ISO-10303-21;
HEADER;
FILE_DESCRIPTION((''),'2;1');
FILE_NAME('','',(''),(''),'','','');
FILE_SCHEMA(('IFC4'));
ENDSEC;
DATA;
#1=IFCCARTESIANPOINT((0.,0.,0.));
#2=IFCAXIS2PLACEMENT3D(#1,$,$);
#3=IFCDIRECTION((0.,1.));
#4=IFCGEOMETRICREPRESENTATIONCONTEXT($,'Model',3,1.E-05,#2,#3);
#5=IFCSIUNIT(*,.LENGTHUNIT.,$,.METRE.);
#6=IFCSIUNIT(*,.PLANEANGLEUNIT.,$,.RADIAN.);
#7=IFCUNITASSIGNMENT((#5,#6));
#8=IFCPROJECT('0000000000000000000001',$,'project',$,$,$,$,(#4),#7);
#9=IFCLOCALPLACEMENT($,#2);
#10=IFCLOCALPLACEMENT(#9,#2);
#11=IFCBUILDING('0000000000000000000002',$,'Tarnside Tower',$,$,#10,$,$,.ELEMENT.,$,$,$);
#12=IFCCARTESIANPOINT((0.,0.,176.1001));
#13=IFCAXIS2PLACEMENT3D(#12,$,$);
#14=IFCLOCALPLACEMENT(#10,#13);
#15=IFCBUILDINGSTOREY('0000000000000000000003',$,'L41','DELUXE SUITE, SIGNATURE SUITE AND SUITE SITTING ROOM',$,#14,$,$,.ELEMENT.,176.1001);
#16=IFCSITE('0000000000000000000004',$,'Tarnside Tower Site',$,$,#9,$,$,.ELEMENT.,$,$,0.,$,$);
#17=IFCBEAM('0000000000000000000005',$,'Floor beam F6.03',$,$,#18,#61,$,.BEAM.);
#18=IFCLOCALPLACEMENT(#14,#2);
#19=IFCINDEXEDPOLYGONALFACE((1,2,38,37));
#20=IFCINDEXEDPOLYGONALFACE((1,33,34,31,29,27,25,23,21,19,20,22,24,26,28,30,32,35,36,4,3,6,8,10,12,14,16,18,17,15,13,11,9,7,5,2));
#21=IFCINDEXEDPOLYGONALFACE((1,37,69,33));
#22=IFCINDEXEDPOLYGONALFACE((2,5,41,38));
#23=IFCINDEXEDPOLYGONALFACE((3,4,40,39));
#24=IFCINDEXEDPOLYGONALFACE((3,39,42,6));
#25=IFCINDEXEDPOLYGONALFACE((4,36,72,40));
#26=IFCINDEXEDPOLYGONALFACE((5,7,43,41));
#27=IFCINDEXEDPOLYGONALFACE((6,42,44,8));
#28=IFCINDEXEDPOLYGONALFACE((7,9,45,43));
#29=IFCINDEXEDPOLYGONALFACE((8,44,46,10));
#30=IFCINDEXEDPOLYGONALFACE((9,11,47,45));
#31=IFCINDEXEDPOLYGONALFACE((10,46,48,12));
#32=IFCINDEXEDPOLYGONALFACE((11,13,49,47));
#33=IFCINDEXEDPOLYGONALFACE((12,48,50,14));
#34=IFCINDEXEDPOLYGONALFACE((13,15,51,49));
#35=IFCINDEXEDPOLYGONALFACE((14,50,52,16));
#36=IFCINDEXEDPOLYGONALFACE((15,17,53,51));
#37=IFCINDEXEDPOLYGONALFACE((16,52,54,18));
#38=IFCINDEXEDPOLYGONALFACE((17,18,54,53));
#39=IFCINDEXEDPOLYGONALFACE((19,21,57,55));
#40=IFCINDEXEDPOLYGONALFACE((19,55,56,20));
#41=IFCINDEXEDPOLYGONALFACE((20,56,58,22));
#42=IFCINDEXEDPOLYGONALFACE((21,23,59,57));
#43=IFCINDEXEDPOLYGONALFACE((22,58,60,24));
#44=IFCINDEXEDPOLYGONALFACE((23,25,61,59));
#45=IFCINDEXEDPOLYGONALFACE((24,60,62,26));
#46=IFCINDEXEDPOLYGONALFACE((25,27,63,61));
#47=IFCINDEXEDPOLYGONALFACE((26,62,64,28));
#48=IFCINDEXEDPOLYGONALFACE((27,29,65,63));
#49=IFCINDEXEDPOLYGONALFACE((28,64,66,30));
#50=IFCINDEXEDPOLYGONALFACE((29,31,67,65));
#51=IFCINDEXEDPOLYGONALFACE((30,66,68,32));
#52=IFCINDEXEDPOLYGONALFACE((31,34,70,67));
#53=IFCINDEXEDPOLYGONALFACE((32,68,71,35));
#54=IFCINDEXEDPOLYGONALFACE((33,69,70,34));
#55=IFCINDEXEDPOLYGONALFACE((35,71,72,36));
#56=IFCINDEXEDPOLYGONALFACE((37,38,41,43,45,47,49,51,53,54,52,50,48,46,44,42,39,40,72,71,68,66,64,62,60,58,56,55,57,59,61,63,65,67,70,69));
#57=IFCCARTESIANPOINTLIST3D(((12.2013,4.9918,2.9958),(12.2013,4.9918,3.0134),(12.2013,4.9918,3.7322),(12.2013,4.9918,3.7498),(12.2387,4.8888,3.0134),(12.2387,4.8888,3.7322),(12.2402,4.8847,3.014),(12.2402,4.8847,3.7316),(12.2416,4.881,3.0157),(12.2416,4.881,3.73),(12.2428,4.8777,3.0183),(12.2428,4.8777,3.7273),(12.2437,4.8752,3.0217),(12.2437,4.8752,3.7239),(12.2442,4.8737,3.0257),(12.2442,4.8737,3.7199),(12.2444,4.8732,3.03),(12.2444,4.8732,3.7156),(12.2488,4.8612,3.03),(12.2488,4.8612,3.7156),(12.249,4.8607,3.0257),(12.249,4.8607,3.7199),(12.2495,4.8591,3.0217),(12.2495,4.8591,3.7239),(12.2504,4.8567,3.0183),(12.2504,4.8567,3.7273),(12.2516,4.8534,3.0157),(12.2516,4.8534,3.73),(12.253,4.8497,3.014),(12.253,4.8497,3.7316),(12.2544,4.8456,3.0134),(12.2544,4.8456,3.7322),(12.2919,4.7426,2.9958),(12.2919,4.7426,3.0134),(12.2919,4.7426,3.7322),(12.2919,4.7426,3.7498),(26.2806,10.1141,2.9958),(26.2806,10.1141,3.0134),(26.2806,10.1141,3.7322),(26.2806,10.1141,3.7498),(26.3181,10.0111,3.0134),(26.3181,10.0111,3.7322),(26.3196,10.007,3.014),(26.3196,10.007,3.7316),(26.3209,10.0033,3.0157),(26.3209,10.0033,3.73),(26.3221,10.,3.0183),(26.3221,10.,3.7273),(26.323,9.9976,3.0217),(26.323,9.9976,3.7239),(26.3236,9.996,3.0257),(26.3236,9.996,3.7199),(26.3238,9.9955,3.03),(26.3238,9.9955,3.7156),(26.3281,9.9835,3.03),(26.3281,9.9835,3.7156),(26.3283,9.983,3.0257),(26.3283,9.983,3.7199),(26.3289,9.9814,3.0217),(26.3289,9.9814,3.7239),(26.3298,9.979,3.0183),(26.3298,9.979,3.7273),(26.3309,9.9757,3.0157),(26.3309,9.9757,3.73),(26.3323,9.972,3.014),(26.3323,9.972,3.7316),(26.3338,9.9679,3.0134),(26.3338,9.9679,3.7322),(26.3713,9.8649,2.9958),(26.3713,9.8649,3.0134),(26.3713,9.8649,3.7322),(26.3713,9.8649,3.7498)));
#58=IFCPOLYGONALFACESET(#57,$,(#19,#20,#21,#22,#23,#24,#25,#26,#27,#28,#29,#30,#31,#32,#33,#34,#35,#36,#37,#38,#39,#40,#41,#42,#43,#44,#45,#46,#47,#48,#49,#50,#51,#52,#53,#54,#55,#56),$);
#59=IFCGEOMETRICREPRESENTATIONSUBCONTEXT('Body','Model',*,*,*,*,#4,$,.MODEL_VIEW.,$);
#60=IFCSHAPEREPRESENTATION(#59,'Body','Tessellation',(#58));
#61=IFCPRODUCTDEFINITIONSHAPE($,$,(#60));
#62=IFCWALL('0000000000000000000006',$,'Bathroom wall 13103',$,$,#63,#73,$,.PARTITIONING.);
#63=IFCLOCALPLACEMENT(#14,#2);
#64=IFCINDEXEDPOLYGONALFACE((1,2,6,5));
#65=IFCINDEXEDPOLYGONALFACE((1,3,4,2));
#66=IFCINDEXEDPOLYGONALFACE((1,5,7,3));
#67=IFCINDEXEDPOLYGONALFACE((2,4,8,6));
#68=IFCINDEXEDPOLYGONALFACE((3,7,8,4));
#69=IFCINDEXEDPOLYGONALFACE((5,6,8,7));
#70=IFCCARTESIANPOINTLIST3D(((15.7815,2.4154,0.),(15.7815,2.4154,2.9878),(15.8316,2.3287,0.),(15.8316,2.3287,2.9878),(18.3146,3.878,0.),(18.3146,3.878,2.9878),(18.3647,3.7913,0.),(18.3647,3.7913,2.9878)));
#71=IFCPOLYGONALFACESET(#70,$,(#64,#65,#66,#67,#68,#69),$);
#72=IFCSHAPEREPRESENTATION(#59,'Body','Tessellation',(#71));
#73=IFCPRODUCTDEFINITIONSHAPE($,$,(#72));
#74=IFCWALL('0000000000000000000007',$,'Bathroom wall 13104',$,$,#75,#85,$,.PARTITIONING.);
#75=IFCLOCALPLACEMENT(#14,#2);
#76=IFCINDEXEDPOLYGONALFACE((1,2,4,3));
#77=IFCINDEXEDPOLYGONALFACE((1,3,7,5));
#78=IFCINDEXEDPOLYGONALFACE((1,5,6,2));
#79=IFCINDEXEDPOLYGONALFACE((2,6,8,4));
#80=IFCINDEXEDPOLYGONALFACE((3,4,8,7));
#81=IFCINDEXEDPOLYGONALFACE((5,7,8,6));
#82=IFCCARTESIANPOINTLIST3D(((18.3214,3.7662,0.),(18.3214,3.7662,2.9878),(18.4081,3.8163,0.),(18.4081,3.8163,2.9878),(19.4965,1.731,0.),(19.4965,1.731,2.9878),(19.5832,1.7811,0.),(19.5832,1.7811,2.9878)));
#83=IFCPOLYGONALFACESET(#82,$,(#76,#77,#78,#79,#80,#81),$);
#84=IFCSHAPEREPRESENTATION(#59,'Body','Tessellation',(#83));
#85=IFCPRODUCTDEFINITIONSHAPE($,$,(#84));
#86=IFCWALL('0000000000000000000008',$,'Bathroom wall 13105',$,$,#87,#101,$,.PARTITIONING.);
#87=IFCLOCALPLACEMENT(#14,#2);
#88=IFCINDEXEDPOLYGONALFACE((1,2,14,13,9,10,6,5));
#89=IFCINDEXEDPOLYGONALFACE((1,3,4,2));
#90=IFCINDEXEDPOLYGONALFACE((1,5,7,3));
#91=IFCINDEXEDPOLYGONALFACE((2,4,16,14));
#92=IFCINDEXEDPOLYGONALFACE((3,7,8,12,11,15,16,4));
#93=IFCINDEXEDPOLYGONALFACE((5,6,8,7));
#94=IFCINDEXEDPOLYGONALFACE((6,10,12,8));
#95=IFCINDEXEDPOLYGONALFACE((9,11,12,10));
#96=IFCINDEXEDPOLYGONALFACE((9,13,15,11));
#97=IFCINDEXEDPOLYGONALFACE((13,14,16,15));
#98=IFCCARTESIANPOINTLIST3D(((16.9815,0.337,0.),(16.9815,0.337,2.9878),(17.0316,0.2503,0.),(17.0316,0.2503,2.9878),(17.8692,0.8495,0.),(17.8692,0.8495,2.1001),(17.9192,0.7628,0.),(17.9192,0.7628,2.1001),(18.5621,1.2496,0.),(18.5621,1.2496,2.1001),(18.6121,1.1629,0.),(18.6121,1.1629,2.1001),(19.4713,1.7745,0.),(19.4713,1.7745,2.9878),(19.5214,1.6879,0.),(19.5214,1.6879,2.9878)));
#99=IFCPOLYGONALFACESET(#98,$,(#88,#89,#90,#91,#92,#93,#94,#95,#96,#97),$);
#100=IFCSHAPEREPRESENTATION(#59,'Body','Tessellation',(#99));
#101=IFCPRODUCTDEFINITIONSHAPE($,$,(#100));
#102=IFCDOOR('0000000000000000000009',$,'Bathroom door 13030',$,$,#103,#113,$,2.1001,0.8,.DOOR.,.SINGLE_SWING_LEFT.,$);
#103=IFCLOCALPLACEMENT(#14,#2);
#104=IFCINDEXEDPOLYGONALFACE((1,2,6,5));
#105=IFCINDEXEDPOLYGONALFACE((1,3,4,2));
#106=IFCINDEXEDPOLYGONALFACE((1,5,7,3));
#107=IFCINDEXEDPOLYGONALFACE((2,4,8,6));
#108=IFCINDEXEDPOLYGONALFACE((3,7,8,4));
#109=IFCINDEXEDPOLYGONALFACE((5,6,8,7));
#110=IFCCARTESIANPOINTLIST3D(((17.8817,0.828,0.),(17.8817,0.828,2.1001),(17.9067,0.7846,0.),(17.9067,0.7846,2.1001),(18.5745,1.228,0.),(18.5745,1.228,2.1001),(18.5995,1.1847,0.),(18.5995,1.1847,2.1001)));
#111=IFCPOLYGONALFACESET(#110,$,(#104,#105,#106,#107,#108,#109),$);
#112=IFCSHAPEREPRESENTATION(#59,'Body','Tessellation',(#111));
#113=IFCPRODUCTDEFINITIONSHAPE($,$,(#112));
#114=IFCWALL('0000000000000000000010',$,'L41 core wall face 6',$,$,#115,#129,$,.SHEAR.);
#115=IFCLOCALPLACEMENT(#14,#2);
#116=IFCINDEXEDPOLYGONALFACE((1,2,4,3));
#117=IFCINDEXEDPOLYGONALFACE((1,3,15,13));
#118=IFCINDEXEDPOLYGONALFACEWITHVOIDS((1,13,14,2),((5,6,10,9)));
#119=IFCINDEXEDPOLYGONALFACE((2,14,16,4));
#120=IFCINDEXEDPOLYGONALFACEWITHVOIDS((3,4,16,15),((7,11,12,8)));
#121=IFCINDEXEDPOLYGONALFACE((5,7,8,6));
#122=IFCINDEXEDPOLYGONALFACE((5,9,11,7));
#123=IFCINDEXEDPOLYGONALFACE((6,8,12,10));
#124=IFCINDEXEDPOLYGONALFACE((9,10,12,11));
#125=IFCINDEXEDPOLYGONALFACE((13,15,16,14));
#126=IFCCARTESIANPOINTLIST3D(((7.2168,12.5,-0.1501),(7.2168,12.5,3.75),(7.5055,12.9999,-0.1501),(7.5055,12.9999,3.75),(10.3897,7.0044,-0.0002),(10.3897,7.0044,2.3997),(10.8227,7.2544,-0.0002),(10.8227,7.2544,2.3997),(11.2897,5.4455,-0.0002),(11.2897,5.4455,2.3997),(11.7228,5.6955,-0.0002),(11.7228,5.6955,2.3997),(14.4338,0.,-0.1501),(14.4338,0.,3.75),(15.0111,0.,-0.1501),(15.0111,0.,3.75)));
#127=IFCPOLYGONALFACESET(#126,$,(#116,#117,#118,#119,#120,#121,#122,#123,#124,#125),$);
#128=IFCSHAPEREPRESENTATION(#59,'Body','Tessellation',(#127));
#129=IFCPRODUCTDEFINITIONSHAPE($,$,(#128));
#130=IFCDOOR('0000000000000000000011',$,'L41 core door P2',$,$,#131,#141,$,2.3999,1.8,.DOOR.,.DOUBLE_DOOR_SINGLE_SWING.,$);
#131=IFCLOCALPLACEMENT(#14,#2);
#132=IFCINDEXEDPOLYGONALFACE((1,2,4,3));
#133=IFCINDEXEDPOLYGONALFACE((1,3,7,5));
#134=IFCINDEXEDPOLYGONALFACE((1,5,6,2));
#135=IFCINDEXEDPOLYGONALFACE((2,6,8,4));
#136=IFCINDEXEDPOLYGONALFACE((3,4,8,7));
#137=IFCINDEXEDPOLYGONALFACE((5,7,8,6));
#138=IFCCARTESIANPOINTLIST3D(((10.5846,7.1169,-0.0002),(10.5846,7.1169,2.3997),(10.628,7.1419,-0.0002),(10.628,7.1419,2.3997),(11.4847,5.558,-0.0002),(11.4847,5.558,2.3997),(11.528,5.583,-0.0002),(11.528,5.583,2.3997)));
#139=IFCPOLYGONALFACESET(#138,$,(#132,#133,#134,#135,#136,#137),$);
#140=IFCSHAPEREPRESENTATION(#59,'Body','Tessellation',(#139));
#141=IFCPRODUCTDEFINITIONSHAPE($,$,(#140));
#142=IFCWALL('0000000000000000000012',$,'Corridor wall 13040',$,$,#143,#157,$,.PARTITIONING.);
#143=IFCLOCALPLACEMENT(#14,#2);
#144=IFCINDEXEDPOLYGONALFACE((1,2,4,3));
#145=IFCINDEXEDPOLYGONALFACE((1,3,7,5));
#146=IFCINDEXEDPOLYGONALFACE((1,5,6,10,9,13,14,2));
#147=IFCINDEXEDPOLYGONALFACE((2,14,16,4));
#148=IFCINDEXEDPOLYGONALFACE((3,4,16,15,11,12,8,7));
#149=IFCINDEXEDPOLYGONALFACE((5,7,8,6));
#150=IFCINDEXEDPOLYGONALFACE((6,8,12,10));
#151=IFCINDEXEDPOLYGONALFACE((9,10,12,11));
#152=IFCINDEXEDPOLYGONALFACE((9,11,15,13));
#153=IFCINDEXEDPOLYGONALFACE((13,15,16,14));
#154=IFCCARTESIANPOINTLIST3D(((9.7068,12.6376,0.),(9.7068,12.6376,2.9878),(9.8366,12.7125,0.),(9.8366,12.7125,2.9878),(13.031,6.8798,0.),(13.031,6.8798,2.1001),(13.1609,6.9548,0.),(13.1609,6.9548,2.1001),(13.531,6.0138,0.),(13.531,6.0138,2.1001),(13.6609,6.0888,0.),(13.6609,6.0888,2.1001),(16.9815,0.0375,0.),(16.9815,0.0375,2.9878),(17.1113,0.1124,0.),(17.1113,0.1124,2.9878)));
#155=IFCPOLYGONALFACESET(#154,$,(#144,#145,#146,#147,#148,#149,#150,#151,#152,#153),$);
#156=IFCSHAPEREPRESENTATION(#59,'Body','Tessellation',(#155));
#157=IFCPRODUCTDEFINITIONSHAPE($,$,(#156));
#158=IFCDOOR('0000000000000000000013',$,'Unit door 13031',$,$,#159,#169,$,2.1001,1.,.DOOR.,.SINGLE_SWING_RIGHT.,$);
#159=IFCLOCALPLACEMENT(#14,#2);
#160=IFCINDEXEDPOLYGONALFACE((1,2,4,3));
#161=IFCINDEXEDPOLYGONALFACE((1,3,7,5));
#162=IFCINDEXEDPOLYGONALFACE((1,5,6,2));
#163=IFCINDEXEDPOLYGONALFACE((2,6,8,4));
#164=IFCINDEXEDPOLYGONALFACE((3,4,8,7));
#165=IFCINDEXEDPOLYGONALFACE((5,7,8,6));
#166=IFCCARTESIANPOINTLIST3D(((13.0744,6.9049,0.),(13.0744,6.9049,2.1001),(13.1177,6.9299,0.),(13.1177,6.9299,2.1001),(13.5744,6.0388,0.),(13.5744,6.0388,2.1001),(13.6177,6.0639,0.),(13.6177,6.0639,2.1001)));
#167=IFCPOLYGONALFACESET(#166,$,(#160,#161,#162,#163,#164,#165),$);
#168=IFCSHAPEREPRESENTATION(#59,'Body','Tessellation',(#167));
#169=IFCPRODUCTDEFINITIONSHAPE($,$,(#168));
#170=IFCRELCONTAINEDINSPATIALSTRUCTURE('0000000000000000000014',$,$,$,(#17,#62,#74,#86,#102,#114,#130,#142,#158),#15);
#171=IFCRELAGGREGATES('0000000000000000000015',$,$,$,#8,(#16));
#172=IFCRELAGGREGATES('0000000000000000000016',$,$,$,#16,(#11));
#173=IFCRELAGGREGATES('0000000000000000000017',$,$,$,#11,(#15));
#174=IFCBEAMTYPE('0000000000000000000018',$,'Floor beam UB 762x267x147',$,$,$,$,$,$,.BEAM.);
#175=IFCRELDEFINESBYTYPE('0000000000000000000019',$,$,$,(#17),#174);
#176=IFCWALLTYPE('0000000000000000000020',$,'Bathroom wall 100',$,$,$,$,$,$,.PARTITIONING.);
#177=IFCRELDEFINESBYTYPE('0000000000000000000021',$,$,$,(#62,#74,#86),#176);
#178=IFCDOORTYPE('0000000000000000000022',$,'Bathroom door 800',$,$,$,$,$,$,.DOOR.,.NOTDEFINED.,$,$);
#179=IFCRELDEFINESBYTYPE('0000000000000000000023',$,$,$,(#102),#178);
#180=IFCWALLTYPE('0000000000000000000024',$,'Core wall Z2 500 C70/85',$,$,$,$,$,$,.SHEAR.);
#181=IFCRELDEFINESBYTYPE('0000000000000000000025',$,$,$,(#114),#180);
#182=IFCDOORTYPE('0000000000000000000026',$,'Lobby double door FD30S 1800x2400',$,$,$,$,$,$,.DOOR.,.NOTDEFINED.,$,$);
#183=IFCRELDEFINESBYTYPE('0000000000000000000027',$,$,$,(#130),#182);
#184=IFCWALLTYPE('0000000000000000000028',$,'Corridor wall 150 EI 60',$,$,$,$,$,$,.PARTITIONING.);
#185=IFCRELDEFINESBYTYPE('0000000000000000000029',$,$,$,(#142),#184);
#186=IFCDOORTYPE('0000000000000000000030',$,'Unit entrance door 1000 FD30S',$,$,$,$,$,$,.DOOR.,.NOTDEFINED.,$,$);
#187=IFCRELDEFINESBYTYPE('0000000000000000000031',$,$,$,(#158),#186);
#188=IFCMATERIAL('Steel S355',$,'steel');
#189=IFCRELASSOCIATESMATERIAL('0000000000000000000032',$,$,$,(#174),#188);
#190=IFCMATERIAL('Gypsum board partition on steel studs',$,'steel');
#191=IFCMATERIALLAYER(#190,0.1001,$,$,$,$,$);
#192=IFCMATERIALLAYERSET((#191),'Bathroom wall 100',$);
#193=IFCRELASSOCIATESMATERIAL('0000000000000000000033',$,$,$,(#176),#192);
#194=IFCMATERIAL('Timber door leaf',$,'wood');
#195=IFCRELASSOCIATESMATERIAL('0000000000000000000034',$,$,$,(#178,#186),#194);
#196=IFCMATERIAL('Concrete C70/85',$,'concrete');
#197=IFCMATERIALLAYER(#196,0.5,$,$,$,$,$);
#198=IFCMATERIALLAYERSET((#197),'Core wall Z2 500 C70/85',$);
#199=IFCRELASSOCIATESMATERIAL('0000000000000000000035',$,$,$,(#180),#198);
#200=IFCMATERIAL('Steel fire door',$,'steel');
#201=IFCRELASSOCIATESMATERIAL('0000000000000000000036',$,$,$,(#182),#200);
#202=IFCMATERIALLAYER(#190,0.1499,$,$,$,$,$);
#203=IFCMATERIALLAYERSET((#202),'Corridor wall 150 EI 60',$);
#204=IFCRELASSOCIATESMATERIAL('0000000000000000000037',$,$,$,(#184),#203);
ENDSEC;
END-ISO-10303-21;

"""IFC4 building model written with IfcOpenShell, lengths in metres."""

from ifc_helpers import new_model, si_unit, direction, frame, frame_2d, origin, origin_2d, place, context, subcontext, project, spatial, polyline, rectangle, i_section, outline, extrude, material, layer, layer_set, material_profile, profile_set, type_object, element, fill, save


model = new_model("IFC4")

# Units and contexts
model_context = context("Model", 3, precision=1e-05, world=origin(), true_north=direction((0.0, 1.0)))
body_context = subcontext(model_context, "Body", "Model", "MODEL_VIEW")
ifc_project = project(units=[si_unit("LENGTHUNIT", "METRE"), si_unit("PLANEANGLEUNIT", "RADIAN")], contexts=[model_context])

# Site, building, storey
site_placement = place(None, origin())
site = spatial("IfcSite", under=ifc_project, at=site_placement, Name="Tarnside Tower Site", CompositionType="ELEMENT", RefElevation=0.0)
building_placement = place(site_placement, origin())
building = spatial("IfcBuilding", under=site, at=building_placement, Name="Tarnside Tower", CompositionType="ELEMENT")
storey_placement = place(building_placement, frame((0.0, 0.0, 176.1001)))
storey = spatial("IfcBuildingStorey", under=building, at=storey_placement, Name="L41", Description="DELUXE SUITE, SIGNATURE SUITE AND SUITE SITTING ROOM", CompositionType="ELEMENT", Elevation=176.1001)

# Beam
ifc_material_1 = material(Name="Steel S355", Category="steel")
ifc_material_profile = material_profile(ifc_material_1, i_section(OverallWidth=0.2651, OverallDepth=0.7539, WebThickness=0.0127, FlangeThickness=0.0176, FilletRadius=0.0166, at=origin_2d()), Name="UB 762x267x147")
ifc_profile_set = profile_set([ifc_material_profile], Name="Steel S355")
beam_type = type_object("IfcBeamType", Name="Floor beam UB 762x267x147", PredefinedType="BEAM", material=ifc_profile_set)
beam_placement = place(storey_placement, frame((26.3259, 9.9895, 3.3728), z_axis=(-0.939739, -0.341894, 0.0), x_axis=(0.341894, -0.939739, 0.0)))
element("IfcBeam", 1, at=beam_placement, inside=storey, type_object=beam_type, Name="Floor beam F6.03", PredefinedType="BEAM", context=body_context, shape_type="SweptSolid", body=[
    extrude(i_section(OverallWidth=0.2651, OverallDepth=0.7539, WebThickness=0.0127, FlangeThickness=0.0176, FilletRadius=0.0166, at=origin_2d()), origin(), (0.0, 0.0, 1.0), 14.9822),
])

# Walls
ifc_material_2 = material(Name="Gypsum board partition on steel studs", Category="steel")
ifc_layer_1 = layer(ifc_material_2, 0.1001)
ifc_layer_set_1 = layer_set([ifc_layer_1], Name="Bathroom wall 100")
wall_type_1 = type_object("IfcWallType", Name="Bathroom wall 100", PredefinedType="PARTITIONING", material=ifc_layer_set_1)
wall_1_placement = place(storey_placement, frame((15.8066, 2.3721, 0.0), z_axis=(0.0, 0.0, 1.0), x_axis=(0.86601, 0.500026, 0.0)))
element("IfcWall", 2, at=wall_1_placement, inside=storey, type_object=wall_type_1, Name="Bathroom wall 13103", PredefinedType="PARTITIONING", context=body_context, shape_type="SweptSolid", body=[
    extrude(rectangle(XDim=2.925, YDim=0.1001, at=frame_2d((1.4624, 0.0))), origin(), (0.0, 0.0, 1.0), 2.9878),
])
wall_2_placement = place(storey_placement, frame((18.3647, 3.7913, 0.0), z_axis=(0.0, 0.0, 1.0), x_axis=(0.500016, -0.866016, 0.0)))
element("IfcWall", 3, at=wall_2_placement, inside=storey, type_object=wall_type_1, Name="Bathroom wall 13104", PredefinedType="PARTITIONING", context=body_context, shape_type="SweptSolid", body=[
    extrude(rectangle(XDim=2.3501, YDim=0.1001, at=frame_2d((1.175, 0.0))), origin(), (0.0, 0.0, 1.0), 2.9878),
])

# Walls, openings, doors
wall_3_placement = place(storey_placement, frame((19.4963, 1.7312, 0.0), z_axis=(0.0, 0.0, 1.0), x_axis=(-0.866019, -0.500012, 0.0)))
wall_3 = element("IfcWall", 4, at=wall_3_placement, inside=storey, type_object=wall_type_1, Name="Bathroom wall 13105", PredefinedType="PARTITIONING", context=body_context, shape_type="SweptSolid", body=[
    extrude(rectangle(XDim=2.875, YDim=0.1001, at=frame_2d((1.4375, 0.0))), origin(), (0.0, 0.0, 1.0), 2.9878),
])
opening_1_placement = place(wall_3_placement, frame((1.05, 0.0, 0.0)))
opening_1 = element("IfcOpeningElement", 5, at=opening_1_placement, cuts=wall_3, PredefinedType="OPENING", context=body_context, shape_type="SweptSolid", body=[
    extrude(rectangle(XDim=0.8, YDim=2.1001, at=frame_2d((0.3999, 1.05))), frame((0.0, 0.0601, 0.0), z_axis=(0.0, -1.0, 0.0), x_axis=(1.0, 0.0, 0.0)), (0.0, 0.0, 1.0), 0.1201),
])
ifc_material_3 = material(Name="Timber door leaf", Category="wood")
door_type_1 = type_object("IfcDoorType", Name="Bathroom door 800", OperationType="NOTDEFINED", PredefinedType="DOOR", material=ifc_material_3)
door_1_placement = place(opening_1_placement, origin())
door_1 = element("IfcDoor", 6, at=door_1_placement, inside=storey, type_object=door_type_1, Name="Bathroom door 13030", OperationType="SINGLE_SWING_LEFT", OverallHeight=2.1001, OverallWidth=0.8, PredefinedType="DOOR", context=body_context, shape_type="SweptSolid", body=[
    extrude(rectangle(XDim=0.8, YDim=2.1001, at=frame_2d((0.3999, 1.05))), frame((0.0, 0.0249, 0.0), z_axis=(0.0, -1.0, 0.0), x_axis=(1.0, 0.0, 0.0)), (0.0, 0.0, 1.0), 0.05),
])
fill(opening_1, door_1)
ifc_material_4 = material(Name="Concrete C70/85", Category="concrete")
ifc_layer_2 = layer(ifc_material_4, 0.5)
ifc_layer_set_2 = layer_set([ifc_layer_2], Name="Core wall Z2 500 C70/85")
wall_type_2 = type_object("IfcWallType", Name="Core wall Z2 500 C70/85", PredefinedType="SHEAR", material=ifc_layer_set_2)
wall_4_placement = place(storey_placement, frame((14.7224, 0.0, -0.1501), z_axis=(0.0, 0.0, 1.0), x_axis=(-0.500006, 0.866022, 0.0)))
wall_4 = element("IfcWall", 7, at=wall_4_placement, inside=storey, type_object=wall_type_2, Name="L41 core wall face 6", PredefinedType="SHEAR", context=body_context, shape_type="SweptSolid", body=[
    extrude(outline(polyline([(-0.1443, -0.25), (14.8667, -0.25), (14.5781, 0.25), (0.1443, 0.25), (-0.1443, -0.25)])), origin(), (0.0, 0.0, 1.0), 3.9001),
])
opening_2_placement = place(wall_4_placement, frame((6.4324, 0.0, 0.1499)))
opening_2 = element("IfcOpeningElement", 8, at=opening_2_placement, cuts=wall_4, PredefinedType="OPENING", context=body_context, shape_type="SweptSolid", body=[
    extrude(rectangle(XDim=1.8, YDim=2.3999, at=frame_2d((0.8999, 1.2))), frame((0.0, 0.26, 0.0), z_axis=(0.0, -1.0, 0.0), x_axis=(1.0, 0.0, 0.0)), (0.0, 0.0, 1.0), 0.52),
])
ifc_material_5 = material(Name="Steel fire door", Category="steel")
door_type_2 = type_object("IfcDoorType", Name="Lobby double door FD30S 1800x2400", OperationType="NOTDEFINED", PredefinedType="DOOR", material=ifc_material_5)
door_2_placement = place(opening_2_placement, origin())
door_2 = element("IfcDoor", 9, at=door_2_placement, inside=storey, type_object=door_type_2, Name="L41 core door P2", OperationType="DOUBLE_DOOR_SINGLE_SWING", OverallHeight=2.3999, OverallWidth=1.8, PredefinedType="DOOR", context=body_context, shape_type="SweptSolid", body=[
    extrude(rectangle(XDim=1.8, YDim=2.3999, at=frame_2d((0.8999, 1.2))), frame((0.0, 0.0249, 0.0), z_axis=(0.0, -1.0, 0.0), x_axis=(1.0, 0.0, 0.0)), (0.0, 0.0, 1.0), 0.05),
])
fill(opening_2, door_2)
ifc_layer_3 = layer(ifc_material_2, 0.1499)
ifc_layer_set_3 = layer_set([ifc_layer_3], Name="Corridor wall 150 EI 60")
wall_type_3 = type_object("IfcWallType", Name="Corridor wall 150 EI 60", PredefinedType="PARTITIONING", material=ifc_layer_set_3)
wall_5_placement = place(storey_placement, frame((17.0464, 0.075, 0.0), z_axis=(0.0, 0.0, 1.0), x_axis=(-0.499999, 0.866026, 0.0)))
wall_5 = element("IfcWall", 10, at=wall_5_placement, inside=storey, type_object=wall_type_3, Name="Corridor wall 13040", PredefinedType="PARTITIONING", context=body_context, shape_type="SweptSolid", body=[
    extrude(rectangle(XDim=14.5493, YDim=0.1499, at=frame_2d((7.2747, 0.0))), origin(), (0.0, 0.0, 1.0), 2.9878),
])
opening_3_placement = place(wall_5_placement, frame((6.9009, 0.0, 0.0)))
opening_3 = element("IfcOpeningElement", 11, at=opening_3_placement, cuts=wall_5, PredefinedType="OPENING", context=body_context, shape_type="SweptSolid", body=[
    extrude(rectangle(XDim=1.0, YDim=2.1001, at=frame_2d((0.5, 1.05))), frame((0.0, 0.085, 0.0), z_axis=(0.0, -1.0, 0.0), x_axis=(1.0, 0.0, 0.0)), (0.0, 0.0, 1.0), 0.1699),
])
door_type_3 = type_object("IfcDoorType", Name="Unit entrance door 1000 FD30S", OperationType="NOTDEFINED", PredefinedType="DOOR", material=ifc_material_3)
door_3_placement = place(opening_3_placement, origin())
door_3 = element("IfcDoor", 12, at=door_3_placement, inside=storey, type_object=door_type_3, Name="Unit door 13031", OperationType="SINGLE_SWING_RIGHT", OverallHeight=2.1001, OverallWidth=1.0, PredefinedType="DOOR", context=body_context, shape_type="SweptSolid", body=[
    extrude(rectangle(XDim=1.0, YDim=2.1001, at=frame_2d((0.5, 1.05))), frame((0.0, 0.0249, 0.0), z_axis=(0.0, -1.0, 0.0), x_axis=(1.0, 0.0, 0.0)), (0.0, 0.0, 1.0), 0.05),
])
fill(opening_3, door_3)

save(model, "model.ifc")
